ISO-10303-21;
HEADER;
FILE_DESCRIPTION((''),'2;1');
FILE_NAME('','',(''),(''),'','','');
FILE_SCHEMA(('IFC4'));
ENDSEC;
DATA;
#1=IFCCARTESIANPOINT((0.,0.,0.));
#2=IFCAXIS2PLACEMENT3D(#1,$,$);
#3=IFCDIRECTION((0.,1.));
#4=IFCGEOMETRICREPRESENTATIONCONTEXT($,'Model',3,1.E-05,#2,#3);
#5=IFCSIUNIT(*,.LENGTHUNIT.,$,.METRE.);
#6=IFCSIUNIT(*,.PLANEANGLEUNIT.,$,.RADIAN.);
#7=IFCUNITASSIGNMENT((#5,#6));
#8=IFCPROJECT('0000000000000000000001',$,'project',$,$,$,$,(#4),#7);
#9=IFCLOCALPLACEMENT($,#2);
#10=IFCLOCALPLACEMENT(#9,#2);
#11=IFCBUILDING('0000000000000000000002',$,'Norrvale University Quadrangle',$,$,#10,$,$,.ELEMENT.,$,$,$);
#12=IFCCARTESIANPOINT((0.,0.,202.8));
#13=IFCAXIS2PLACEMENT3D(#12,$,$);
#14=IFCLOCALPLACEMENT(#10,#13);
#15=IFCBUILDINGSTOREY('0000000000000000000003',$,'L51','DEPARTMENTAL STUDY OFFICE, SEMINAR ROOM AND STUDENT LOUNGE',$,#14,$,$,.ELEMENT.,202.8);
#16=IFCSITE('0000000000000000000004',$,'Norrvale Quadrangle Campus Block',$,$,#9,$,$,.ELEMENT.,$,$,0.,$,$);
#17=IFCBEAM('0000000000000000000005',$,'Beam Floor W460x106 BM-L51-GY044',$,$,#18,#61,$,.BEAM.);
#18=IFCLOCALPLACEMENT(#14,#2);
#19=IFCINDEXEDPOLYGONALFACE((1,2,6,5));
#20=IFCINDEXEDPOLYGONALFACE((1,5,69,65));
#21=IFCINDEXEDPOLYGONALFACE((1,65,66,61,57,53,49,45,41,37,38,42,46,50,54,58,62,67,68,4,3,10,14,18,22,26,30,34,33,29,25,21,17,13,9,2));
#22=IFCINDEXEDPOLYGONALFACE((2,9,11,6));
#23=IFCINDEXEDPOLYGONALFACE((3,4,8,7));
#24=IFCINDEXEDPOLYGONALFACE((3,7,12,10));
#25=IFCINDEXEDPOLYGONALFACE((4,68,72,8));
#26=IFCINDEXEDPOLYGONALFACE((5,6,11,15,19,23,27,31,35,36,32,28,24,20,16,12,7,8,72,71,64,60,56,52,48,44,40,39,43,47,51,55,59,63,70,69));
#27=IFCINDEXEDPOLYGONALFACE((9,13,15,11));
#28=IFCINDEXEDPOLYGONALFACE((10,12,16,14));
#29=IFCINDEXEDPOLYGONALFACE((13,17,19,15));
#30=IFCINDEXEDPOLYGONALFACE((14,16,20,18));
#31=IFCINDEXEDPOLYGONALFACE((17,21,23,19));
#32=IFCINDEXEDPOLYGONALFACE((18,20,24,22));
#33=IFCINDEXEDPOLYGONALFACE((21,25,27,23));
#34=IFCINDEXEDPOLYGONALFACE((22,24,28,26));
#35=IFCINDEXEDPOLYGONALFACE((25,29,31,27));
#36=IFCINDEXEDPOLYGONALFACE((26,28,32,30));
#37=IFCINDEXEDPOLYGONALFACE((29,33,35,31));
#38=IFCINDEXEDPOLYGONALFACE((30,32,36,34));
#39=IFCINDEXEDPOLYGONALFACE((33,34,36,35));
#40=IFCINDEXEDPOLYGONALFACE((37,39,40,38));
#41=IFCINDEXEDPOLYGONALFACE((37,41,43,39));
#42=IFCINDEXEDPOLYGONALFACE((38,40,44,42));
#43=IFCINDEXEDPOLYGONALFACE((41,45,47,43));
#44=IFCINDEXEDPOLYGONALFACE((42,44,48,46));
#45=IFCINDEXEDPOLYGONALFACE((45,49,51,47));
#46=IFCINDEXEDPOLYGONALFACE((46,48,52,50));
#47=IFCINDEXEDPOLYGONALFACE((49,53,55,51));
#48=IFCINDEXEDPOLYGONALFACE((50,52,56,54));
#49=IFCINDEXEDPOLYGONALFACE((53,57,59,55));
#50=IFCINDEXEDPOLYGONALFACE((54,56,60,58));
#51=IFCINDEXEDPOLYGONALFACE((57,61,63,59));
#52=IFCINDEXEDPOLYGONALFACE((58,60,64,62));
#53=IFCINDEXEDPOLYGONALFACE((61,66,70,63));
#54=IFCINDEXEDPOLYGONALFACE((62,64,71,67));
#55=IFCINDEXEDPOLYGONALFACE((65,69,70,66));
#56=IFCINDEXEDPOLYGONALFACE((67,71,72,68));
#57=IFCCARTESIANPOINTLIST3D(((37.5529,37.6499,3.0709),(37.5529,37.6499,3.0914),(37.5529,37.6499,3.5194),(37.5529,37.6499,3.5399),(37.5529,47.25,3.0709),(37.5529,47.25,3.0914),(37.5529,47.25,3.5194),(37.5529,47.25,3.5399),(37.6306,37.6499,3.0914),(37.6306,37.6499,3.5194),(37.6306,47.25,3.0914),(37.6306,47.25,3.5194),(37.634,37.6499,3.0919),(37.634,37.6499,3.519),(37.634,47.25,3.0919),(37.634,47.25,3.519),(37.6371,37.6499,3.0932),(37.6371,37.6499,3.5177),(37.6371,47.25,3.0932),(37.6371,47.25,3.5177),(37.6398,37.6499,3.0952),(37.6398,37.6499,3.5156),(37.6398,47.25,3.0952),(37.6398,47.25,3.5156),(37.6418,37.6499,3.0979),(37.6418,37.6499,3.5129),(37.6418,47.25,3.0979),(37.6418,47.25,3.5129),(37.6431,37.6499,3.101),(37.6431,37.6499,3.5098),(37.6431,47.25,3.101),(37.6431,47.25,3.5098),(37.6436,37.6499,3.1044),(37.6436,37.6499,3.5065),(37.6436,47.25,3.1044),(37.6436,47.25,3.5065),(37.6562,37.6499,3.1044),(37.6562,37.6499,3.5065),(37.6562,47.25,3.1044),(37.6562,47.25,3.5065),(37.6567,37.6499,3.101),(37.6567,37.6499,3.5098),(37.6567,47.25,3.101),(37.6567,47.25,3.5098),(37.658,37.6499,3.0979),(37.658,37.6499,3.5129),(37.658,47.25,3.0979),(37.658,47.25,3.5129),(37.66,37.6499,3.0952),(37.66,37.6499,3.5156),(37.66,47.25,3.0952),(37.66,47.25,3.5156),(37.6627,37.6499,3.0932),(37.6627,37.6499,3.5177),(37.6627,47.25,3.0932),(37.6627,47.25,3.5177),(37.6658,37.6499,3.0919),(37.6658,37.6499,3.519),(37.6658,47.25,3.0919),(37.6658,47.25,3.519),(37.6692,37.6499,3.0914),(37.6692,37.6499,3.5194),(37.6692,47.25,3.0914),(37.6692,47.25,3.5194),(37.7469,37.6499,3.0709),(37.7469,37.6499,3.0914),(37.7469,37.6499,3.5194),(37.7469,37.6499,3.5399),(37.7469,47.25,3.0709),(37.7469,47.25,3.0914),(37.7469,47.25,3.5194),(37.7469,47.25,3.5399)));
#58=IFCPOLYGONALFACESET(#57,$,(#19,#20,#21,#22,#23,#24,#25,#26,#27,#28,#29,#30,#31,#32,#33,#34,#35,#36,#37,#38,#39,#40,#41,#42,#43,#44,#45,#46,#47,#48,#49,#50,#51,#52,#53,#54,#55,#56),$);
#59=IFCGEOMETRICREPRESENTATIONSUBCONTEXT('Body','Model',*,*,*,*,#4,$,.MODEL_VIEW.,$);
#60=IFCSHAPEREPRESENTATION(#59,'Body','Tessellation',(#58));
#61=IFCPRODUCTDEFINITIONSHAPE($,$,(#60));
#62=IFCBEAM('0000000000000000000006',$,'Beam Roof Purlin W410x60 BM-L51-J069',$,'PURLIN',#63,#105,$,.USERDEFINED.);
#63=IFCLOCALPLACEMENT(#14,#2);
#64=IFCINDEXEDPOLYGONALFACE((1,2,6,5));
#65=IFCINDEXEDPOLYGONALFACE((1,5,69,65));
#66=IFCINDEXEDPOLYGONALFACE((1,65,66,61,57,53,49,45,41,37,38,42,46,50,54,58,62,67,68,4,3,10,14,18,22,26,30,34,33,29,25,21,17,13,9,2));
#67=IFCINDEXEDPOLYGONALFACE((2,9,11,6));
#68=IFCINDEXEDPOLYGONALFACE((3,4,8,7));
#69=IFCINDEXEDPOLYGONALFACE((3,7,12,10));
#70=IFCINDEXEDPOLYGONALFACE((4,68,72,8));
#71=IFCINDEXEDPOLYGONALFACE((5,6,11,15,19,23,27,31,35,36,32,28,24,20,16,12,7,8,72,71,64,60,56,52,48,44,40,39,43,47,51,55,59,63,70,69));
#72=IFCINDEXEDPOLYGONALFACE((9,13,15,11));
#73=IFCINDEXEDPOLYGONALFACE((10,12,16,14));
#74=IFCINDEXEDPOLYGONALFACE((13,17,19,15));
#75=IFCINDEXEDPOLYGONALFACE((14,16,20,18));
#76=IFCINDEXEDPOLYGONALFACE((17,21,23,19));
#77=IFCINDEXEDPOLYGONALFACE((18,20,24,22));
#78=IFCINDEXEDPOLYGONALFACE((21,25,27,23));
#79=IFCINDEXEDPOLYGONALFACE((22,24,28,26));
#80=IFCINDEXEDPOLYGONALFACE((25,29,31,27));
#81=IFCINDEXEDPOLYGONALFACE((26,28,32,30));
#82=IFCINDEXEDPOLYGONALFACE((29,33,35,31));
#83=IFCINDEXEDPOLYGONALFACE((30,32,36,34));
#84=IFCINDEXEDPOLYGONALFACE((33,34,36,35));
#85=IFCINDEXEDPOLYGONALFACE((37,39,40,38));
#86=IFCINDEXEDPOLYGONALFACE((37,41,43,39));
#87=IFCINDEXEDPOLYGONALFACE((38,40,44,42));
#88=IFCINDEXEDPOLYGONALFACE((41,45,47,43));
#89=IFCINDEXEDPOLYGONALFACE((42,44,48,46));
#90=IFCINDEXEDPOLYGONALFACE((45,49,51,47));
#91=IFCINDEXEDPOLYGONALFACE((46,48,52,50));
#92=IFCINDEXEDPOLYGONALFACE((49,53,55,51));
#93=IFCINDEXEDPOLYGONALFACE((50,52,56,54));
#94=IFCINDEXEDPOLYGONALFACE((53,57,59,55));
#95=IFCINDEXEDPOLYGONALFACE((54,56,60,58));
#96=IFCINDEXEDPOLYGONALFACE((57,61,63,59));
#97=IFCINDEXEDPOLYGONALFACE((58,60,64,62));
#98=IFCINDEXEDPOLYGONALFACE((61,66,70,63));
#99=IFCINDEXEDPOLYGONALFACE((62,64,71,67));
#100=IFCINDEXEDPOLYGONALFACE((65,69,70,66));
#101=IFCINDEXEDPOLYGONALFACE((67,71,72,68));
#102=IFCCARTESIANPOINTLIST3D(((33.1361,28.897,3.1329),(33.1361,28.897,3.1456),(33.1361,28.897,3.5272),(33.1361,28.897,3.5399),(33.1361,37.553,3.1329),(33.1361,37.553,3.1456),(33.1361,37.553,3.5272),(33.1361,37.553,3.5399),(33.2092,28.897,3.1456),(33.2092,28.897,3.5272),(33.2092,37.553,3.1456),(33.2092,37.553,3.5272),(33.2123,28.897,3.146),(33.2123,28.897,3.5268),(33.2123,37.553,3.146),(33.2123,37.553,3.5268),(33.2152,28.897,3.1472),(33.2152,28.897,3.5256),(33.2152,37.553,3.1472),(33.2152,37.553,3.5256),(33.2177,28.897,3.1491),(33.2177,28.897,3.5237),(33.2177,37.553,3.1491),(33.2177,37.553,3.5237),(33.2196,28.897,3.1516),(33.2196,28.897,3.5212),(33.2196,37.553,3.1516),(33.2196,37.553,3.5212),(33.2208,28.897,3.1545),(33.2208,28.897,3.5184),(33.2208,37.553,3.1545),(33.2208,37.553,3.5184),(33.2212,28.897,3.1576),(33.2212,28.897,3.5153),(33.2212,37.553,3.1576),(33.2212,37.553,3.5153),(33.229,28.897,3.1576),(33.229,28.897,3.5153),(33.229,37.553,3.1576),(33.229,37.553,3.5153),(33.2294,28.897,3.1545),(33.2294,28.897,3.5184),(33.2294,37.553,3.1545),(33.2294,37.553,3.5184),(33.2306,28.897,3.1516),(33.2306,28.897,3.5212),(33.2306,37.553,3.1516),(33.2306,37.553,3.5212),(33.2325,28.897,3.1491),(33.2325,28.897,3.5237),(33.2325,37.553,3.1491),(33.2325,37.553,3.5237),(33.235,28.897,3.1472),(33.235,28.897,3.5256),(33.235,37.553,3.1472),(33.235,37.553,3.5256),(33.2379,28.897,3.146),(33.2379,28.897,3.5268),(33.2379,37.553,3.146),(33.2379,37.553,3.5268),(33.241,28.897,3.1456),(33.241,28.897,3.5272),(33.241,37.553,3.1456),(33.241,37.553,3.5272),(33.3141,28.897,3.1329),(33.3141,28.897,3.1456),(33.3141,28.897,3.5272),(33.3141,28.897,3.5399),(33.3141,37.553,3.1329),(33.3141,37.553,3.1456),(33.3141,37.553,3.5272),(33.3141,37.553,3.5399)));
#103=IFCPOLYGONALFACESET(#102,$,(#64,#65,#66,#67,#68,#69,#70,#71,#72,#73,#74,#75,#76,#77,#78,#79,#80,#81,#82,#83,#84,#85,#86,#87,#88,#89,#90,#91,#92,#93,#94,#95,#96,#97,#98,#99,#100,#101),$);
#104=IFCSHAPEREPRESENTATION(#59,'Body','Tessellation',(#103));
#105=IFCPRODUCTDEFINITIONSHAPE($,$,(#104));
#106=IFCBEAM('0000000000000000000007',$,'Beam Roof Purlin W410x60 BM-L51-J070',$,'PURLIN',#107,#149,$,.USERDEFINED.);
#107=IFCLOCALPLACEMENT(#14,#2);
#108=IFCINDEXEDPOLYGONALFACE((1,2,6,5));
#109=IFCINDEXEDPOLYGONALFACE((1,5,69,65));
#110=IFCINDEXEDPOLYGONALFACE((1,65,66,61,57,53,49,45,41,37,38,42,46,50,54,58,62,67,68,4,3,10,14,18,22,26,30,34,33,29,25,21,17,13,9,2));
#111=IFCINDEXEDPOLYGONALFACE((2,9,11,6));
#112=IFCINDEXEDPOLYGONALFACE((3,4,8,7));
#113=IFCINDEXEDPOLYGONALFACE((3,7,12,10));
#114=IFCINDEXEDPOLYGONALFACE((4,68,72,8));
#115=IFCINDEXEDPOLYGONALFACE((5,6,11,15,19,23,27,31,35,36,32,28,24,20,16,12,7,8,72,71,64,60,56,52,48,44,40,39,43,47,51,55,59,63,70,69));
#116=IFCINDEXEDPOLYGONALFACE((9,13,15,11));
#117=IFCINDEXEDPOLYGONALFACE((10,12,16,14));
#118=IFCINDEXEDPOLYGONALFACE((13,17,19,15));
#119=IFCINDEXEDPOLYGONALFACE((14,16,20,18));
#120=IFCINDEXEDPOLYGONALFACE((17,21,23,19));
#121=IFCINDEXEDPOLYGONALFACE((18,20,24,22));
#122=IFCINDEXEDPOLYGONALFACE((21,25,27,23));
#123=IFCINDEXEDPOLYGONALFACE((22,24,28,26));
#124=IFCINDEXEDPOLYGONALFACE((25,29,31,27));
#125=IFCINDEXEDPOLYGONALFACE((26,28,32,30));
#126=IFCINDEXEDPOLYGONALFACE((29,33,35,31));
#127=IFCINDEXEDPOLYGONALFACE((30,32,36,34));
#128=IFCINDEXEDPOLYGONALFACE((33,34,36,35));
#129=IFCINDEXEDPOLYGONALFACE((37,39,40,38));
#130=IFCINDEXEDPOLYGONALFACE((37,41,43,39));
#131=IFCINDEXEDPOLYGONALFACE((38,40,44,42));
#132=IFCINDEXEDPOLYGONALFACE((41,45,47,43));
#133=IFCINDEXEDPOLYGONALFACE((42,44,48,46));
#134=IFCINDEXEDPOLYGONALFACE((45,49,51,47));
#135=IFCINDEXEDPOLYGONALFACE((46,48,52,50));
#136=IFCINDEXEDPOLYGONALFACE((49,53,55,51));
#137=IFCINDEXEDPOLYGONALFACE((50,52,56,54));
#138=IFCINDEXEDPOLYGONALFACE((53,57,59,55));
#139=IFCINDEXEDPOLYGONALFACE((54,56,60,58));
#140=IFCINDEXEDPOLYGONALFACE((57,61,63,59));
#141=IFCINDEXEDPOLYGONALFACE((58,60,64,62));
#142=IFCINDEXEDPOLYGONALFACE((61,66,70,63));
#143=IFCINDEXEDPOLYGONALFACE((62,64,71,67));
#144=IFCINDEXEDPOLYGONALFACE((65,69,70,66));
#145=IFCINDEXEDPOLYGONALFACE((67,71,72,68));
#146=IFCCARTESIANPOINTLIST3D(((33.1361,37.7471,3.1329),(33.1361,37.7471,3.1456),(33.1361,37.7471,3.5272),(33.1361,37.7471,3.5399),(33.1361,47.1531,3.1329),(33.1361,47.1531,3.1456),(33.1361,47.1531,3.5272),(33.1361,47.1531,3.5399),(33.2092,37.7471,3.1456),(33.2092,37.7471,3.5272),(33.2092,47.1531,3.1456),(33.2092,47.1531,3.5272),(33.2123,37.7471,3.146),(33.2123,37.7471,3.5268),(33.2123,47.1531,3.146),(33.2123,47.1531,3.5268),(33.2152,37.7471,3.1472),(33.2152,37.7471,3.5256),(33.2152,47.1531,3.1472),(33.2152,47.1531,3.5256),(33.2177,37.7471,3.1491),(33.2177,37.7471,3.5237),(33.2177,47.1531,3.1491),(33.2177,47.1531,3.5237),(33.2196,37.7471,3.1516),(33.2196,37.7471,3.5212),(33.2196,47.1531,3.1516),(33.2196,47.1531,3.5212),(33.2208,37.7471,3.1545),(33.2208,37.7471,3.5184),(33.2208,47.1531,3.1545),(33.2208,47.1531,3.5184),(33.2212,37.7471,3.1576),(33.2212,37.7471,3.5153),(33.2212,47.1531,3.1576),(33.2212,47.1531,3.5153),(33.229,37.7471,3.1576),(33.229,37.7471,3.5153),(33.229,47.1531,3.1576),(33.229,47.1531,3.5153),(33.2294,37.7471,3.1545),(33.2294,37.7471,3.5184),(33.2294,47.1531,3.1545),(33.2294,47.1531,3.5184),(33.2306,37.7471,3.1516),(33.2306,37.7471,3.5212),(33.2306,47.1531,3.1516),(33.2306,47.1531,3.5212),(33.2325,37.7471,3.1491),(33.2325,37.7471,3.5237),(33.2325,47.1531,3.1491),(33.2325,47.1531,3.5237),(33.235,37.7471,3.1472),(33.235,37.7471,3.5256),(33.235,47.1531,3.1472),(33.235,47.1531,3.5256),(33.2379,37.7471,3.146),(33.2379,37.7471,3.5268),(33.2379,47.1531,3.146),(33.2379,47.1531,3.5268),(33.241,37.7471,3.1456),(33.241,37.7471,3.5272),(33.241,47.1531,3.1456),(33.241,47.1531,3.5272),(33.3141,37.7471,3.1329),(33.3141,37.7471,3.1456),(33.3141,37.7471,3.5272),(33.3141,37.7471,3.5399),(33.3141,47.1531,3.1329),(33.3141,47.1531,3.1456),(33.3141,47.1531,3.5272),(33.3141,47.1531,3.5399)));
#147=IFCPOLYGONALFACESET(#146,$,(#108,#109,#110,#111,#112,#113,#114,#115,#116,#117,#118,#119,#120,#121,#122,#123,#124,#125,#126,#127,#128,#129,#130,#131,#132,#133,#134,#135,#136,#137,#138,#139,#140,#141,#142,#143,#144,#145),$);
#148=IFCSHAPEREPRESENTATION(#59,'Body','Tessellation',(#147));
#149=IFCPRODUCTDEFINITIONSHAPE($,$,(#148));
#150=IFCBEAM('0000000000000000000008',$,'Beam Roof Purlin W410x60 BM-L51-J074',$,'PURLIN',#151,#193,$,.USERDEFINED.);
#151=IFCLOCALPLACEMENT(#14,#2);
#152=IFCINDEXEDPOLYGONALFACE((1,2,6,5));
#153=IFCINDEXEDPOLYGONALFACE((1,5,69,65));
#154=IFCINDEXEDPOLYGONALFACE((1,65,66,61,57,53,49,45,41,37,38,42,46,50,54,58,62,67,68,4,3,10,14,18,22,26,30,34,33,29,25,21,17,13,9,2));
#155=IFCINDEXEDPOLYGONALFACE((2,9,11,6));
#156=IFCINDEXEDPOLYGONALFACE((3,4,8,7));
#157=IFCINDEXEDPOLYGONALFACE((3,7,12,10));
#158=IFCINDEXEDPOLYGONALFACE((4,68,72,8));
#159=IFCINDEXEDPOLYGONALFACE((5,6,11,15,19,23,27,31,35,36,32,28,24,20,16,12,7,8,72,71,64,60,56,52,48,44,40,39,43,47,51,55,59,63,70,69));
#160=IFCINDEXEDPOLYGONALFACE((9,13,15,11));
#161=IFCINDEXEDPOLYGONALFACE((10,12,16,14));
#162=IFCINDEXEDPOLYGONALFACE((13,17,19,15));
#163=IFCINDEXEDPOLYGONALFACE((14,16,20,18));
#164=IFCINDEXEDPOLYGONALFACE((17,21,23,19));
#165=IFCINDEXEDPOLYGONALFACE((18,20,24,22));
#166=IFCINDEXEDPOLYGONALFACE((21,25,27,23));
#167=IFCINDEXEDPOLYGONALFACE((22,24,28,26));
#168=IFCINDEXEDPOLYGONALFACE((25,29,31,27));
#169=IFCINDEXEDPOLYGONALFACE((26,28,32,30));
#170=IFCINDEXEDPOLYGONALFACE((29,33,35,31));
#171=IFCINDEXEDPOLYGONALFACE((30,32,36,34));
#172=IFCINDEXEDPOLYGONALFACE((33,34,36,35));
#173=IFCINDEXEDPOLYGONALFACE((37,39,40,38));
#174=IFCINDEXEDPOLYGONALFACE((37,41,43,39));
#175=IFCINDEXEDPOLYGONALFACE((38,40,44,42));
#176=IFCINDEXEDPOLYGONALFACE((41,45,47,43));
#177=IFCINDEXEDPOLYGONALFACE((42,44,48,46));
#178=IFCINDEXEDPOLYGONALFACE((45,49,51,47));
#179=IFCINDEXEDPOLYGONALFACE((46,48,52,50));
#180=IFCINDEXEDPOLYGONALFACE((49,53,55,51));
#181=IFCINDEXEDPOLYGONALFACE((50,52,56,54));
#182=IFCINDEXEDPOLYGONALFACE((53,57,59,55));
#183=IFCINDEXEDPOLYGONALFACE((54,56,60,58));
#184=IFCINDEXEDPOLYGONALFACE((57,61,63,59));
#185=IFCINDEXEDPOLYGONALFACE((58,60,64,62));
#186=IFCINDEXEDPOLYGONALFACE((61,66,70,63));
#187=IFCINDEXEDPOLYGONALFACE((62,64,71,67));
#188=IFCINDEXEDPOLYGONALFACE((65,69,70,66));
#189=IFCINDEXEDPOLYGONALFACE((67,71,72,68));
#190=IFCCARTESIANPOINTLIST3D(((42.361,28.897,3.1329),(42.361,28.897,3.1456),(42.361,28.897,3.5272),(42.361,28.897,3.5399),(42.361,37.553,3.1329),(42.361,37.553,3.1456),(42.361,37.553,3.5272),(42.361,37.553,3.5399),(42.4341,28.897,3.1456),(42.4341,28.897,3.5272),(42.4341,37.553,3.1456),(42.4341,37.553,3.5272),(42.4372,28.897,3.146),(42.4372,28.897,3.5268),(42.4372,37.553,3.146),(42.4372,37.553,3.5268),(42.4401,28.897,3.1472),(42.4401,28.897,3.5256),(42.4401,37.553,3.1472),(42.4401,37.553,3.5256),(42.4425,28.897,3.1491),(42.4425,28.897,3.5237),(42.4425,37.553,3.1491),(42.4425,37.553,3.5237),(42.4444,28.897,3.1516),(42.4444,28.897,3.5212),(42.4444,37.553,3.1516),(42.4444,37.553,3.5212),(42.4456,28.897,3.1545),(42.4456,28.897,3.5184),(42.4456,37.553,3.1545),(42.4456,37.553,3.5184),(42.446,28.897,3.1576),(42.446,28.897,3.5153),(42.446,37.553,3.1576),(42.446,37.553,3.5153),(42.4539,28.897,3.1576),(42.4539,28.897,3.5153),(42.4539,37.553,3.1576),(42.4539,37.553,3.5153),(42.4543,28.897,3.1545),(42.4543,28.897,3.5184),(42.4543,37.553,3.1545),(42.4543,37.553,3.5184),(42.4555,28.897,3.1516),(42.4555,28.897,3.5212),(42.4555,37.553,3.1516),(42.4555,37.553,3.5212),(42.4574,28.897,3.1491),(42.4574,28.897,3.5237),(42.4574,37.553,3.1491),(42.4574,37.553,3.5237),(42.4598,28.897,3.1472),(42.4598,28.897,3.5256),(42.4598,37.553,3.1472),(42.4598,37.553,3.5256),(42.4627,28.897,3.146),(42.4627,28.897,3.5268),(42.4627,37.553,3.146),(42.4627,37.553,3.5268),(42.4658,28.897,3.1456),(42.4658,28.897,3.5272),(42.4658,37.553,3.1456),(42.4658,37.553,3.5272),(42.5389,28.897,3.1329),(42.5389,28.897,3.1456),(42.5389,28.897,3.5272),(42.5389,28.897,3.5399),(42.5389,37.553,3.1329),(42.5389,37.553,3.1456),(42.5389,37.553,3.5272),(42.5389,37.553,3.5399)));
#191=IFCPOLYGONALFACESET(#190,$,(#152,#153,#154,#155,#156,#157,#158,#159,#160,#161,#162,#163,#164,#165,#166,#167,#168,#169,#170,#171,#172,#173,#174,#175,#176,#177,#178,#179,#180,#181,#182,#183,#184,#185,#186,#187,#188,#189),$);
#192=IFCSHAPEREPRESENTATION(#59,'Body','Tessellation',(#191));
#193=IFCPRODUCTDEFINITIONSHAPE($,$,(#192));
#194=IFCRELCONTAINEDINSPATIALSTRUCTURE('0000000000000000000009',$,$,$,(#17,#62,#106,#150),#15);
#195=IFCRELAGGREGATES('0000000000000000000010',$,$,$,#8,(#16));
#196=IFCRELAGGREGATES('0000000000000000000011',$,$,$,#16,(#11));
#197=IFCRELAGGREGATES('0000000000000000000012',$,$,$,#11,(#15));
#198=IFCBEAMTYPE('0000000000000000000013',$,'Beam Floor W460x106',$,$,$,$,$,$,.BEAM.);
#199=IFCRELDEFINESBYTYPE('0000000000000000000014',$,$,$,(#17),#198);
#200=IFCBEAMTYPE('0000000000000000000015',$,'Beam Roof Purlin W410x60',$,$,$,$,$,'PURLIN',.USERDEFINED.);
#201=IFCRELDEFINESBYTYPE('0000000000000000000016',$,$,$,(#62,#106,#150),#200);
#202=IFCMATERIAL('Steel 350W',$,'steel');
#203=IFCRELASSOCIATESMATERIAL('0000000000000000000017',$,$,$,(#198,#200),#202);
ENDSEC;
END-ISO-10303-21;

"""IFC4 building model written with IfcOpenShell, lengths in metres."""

from ifc_helpers import new_model, si_unit, direction, frame, origin, origin_2d, place, context, subcontext, project, spatial, i_section, extrude, material, material_profile, profile_set, type_object, element, save


model = new_model("IFC4")

# Units and contexts
model_context = context("Model", 3, precision=1e-05, world=origin(), true_north=direction((0.0, 1.0)))
body_context = subcontext(model_context, "Body", "Model", "MODEL_VIEW")
ifc_project = project(units=[si_unit("LENGTHUNIT", "METRE"), si_unit("PLANEANGLEUNIT", "RADIAN")], contexts=[model_context])

# Site, building, storey
site_placement = place(None, origin())
site = spatial("IfcSite", under=ifc_project, at=site_placement, Name="Norrvale Quadrangle Campus Block", CompositionType="ELEMENT", RefElevation=0.0)
building_placement = place(site_placement, origin())
building = spatial("IfcBuilding", under=site, at=building_placement, Name="Norrvale University Quadrangle", CompositionType="ELEMENT")
storey_placement = place(building_placement, frame((0.0, 0.0, 202.8)))
storey = spatial("IfcBuildingStorey", under=building, at=storey_placement, Name="L51", Description="DEPARTMENTAL STUDY OFFICE, SEMINAR ROOM AND STUDENT LOUNGE", CompositionType="ELEMENT", Elevation=202.8)

# Beams
ifc_material_1 = material(Name="Steel 350W", Category="steel")
ifc_material_profile_1 = material_profile(ifc_material_1, i_section(OverallWidth=0.1941, OverallDepth=0.469, WebThickness=0.0127, FlangeThickness=0.0205, FilletRadius=0.0129, at=origin_2d()), Name="Steel 350W")
ifc_profile_set_1 = profile_set([ifc_material_profile_1], Name="Steel 350W")
beam_type_1 = type_object("IfcBeamType", Name="Beam Floor W460x106", PredefinedType="BEAM", material=ifc_profile_set_1)
for number, where, z_axis, x_axis, name in (
    (1, (37.6499, 37.6499, 3.3054), (0.0, 1.0, 0.0), (-1.0, 0.0, 0.0), "Beam Floor W460x106 BM-L51-GY044"),
):
    element("IfcBeam", number, at=place(storey_placement, frame(where, z_axis=z_axis, x_axis=x_axis)), inside=storey, type_object=beam_type_1, Name=name, PredefinedType="BEAM", context=body_context, shape_type="SweptSolid", body=[
        extrude(i_section(OverallWidth=0.1941, OverallDepth=0.469, WebThickness=0.0127, FlangeThickness=0.0205, FilletRadius=0.0129, at=origin_2d()), origin(), (0.0, 0.0, 1.0), 9.6001),
    ])
ifc_material_profile_2 = material_profile(ifc_material_1, i_section(OverallWidth=0.178, OverallDepth=0.407, WebThickness=0.0078, FlangeThickness=0.0127, FilletRadius=0.012, at=origin_2d()), Name="Steel 350W")
ifc_profile_set_2 = profile_set([ifc_material_profile_2], Name="Steel 350W")
beam_type_2 = type_object("IfcBeamType", Name="Beam Roof Purlin W410x60", ElementType="PURLIN", PredefinedType="USERDEFINED", material=ifc_profile_set_2)
beam_1_placement = place(storey_placement, frame((33.2251, 28.897, 3.3364), z_axis=(0.0, 1.0, 0.0), x_axis=(-1.0, 0.0, 0.0)))
element("IfcBeam", 2, at=beam_1_placement, inside=storey, type_object=beam_type_2, Name="Beam Roof Purlin W410x60 BM-L51-J069", ObjectType="PURLIN", PredefinedType="USERDEFINED", context=body_context, shape_type="SweptSolid", body=[
    extrude(i_section(OverallWidth=0.178, OverallDepth=0.407, WebThickness=0.0078, FlangeThickness=0.0127, FilletRadius=0.012, at=origin_2d()), origin(), (0.0, 0.0, 1.0), 8.656),
])
beam_2_placement = place(storey_placement, frame((33.2251, 37.7471, 3.3364), z_axis=(0.0, 1.0, 0.0), x_axis=(-1.0, 0.0, 0.0)))
element("IfcBeam", 3, at=beam_2_placement, inside=storey, type_object=beam_type_2, Name="Beam Roof Purlin W410x60 BM-L51-J070", ObjectType="PURLIN", PredefinedType="USERDEFINED", context=body_context, shape_type="SweptSolid", body=[
    extrude(i_section(OverallWidth=0.178, OverallDepth=0.407, WebThickness=0.0078, FlangeThickness=0.0127, FilletRadius=0.012, at=origin_2d()), origin(), (0.0, 0.0, 1.0), 9.406),
])
beam_3_placement = place(storey_placement, frame((42.45, 28.897, 3.3364), z_axis=(0.0, 1.0, 0.0), x_axis=(-1.0, 0.0, 0.0)))
element("IfcBeam", 4, at=beam_3_placement, inside=storey, type_object=beam_type_2, Name="Beam Roof Purlin W410x60 BM-L51-J074", ObjectType="PURLIN", PredefinedType="USERDEFINED", context=body_context, shape_type="SweptSolid", body=[
    extrude(i_section(OverallWidth=0.178, OverallDepth=0.407, WebThickness=0.0078, FlangeThickness=0.0127, FilletRadius=0.012, at=origin_2d()), origin(), (0.0, 0.0, 1.0), 8.656),
])

save(model, "model.ifc")
